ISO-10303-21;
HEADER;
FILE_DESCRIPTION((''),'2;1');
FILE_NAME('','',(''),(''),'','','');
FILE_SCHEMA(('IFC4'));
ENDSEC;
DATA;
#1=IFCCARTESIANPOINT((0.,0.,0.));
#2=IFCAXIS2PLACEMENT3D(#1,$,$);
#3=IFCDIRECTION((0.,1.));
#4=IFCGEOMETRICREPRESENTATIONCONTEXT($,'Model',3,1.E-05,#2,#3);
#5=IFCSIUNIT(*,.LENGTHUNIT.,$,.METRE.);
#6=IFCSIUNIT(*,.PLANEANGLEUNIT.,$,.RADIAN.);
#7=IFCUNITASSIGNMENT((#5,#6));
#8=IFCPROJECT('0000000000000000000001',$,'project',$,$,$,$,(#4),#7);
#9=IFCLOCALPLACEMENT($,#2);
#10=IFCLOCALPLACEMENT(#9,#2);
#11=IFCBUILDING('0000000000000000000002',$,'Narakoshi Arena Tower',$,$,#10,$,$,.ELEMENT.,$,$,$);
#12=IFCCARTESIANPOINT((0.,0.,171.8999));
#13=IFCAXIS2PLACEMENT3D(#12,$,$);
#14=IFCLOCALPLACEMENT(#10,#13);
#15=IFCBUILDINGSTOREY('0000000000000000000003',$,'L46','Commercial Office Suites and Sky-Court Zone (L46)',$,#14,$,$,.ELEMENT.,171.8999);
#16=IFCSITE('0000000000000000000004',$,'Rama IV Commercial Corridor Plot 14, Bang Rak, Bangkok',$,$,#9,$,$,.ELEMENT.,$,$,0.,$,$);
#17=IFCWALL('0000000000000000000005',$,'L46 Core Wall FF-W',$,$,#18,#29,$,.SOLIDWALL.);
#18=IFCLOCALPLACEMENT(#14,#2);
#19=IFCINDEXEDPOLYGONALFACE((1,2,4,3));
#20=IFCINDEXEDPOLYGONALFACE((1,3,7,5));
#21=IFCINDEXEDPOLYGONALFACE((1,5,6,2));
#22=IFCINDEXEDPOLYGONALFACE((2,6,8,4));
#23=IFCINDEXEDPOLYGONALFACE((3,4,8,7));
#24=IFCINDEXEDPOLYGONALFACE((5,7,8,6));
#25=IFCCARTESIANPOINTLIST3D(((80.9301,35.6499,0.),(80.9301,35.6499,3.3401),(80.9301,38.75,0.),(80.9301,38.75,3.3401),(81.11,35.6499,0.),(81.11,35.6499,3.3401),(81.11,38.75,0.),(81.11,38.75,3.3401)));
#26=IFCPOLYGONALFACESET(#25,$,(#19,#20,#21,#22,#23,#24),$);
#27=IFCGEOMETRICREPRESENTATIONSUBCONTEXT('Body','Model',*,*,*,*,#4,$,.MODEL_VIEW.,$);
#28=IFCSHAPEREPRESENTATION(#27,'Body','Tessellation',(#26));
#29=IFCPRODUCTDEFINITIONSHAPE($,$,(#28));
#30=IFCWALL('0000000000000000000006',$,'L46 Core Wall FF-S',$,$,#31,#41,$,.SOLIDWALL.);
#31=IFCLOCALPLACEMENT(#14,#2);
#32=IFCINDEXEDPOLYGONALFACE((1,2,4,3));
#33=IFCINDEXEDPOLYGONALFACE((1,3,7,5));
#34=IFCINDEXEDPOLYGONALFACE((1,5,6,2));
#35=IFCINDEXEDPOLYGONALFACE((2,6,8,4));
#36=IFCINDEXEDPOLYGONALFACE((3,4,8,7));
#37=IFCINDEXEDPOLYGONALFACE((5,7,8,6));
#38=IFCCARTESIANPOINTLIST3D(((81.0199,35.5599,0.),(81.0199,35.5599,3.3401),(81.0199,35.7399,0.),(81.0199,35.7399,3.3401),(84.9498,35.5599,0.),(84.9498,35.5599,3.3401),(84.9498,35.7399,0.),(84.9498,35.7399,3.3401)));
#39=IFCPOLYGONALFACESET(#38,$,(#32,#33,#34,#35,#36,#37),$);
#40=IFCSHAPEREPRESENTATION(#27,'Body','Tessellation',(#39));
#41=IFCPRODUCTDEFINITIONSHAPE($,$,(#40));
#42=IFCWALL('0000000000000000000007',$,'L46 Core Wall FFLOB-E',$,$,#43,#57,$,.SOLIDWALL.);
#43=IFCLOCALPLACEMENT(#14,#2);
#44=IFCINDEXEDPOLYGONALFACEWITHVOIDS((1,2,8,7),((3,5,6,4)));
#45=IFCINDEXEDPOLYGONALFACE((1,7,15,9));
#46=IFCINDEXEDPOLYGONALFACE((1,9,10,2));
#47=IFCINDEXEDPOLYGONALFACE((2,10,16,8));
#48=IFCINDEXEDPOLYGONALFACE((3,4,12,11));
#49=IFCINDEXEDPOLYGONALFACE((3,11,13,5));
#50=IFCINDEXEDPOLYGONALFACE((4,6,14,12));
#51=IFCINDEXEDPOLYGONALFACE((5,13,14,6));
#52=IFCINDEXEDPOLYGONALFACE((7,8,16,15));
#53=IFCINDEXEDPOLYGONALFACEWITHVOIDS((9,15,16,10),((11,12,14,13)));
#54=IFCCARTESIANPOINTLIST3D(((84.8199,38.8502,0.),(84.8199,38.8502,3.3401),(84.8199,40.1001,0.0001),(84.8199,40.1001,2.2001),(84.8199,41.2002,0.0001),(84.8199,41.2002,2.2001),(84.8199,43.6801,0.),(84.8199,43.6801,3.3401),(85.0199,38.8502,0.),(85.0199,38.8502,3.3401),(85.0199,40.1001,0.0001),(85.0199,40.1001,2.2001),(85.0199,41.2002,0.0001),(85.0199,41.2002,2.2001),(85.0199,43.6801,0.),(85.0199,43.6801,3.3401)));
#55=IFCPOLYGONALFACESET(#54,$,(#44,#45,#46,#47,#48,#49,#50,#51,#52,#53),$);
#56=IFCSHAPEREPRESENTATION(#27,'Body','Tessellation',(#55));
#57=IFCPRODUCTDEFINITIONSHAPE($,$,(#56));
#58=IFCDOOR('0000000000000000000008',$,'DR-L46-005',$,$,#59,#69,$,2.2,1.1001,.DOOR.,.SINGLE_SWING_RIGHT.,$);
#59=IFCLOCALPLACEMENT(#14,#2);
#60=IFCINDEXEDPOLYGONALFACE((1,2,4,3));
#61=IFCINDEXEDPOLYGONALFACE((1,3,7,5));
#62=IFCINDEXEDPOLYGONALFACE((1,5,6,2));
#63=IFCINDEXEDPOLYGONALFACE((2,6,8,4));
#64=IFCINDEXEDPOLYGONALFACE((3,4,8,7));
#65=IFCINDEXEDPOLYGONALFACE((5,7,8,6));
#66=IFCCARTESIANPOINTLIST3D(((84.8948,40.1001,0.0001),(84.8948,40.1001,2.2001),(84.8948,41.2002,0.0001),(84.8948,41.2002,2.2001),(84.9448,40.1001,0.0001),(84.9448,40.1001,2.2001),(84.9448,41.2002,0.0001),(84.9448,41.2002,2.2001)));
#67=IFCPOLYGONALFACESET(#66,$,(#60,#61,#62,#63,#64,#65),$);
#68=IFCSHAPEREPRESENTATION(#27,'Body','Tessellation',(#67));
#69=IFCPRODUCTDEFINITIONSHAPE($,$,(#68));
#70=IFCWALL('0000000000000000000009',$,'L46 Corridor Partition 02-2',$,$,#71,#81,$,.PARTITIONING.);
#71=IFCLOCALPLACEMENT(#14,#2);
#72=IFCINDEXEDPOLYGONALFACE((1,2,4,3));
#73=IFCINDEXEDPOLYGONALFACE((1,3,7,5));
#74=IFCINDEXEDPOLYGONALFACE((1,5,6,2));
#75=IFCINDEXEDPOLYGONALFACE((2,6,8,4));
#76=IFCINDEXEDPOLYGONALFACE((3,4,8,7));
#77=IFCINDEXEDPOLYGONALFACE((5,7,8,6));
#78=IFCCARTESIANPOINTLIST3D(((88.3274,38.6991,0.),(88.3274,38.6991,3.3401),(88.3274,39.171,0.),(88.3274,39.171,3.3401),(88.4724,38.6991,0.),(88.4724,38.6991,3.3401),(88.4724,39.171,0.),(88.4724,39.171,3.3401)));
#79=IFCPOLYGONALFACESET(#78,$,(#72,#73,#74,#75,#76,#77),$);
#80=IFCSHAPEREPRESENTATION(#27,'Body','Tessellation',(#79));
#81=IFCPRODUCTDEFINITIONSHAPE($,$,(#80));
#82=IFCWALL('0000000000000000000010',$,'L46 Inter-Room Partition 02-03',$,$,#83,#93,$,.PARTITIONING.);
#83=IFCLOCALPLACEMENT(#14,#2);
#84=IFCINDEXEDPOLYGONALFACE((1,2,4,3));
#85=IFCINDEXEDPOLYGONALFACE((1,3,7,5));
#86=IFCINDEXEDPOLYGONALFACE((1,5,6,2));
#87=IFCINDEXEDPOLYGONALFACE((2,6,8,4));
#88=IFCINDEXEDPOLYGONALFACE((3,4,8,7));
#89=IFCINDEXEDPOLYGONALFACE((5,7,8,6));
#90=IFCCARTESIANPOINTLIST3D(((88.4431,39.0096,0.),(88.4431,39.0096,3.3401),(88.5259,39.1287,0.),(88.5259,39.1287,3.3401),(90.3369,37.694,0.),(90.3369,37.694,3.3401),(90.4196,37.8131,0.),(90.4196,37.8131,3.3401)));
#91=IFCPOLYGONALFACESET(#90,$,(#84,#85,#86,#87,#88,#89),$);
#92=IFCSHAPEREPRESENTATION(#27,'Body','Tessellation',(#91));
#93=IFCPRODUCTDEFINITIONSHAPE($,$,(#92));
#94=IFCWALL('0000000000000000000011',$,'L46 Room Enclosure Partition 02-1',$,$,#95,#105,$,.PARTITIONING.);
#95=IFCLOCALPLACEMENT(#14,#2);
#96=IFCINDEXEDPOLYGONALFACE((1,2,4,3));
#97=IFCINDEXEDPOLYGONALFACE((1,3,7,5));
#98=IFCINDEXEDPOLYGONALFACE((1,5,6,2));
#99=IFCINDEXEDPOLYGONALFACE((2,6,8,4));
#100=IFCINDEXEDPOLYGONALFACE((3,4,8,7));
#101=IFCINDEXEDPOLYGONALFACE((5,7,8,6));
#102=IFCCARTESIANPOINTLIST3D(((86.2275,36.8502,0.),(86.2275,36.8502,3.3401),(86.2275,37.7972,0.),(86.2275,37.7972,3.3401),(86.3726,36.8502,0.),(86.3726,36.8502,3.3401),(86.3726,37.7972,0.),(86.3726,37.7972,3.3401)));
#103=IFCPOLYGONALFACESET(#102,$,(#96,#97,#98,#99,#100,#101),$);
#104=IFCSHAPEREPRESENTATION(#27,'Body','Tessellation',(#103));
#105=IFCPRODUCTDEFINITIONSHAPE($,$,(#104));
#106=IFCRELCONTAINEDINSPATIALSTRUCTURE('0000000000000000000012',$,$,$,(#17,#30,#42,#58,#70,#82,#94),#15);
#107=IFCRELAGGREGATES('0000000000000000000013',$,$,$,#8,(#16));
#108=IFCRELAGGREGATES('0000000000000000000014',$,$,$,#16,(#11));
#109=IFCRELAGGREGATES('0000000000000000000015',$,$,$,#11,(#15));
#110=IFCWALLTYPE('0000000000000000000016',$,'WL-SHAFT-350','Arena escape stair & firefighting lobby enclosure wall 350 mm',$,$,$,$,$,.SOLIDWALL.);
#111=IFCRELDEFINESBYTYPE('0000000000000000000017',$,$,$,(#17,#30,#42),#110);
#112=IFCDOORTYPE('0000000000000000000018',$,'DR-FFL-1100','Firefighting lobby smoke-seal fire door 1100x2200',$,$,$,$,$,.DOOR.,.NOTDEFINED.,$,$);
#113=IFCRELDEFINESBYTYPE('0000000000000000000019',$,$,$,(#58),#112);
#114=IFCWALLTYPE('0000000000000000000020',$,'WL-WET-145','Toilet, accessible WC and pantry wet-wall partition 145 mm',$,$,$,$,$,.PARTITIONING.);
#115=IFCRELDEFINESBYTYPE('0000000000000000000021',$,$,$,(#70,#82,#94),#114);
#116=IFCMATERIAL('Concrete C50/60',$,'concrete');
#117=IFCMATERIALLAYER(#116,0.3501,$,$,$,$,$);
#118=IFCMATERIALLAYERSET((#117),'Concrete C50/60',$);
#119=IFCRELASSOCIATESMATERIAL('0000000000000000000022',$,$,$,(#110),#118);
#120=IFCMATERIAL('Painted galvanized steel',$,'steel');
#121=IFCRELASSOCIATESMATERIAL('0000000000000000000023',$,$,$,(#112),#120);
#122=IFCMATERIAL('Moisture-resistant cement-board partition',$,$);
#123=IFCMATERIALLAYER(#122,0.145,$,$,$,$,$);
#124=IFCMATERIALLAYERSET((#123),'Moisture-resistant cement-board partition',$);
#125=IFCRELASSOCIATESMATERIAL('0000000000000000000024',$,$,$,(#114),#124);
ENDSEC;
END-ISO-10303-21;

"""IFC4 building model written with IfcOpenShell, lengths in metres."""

from ifc_helpers import new_model, si_unit, direction, frame, frame_2d, origin, place, context, subcontext, project, spatial, rectangle, extrude, material, layer, layer_set, type_object, element, fill, save


model = new_model("IFC4")

# Units and contexts
model_context = context("Model", 3, precision=1e-05, world=origin(), true_north=direction((0.0, 1.0)))
body_context = subcontext(model_context, "Body", "Model", "MODEL_VIEW")
ifc_project = project(units=[si_unit("LENGTHUNIT", "METRE"), si_unit("PLANEANGLEUNIT", "RADIAN")], contexts=[model_context])

# Site, building, storey
site_placement = place(None, origin())
site = spatial("IfcSite", under=ifc_project, at=site_placement, Name="Rama IV Commercial Corridor Plot 14, Bang Rak, Bangkok", CompositionType="ELEMENT", RefElevation=0.0)
building_placement = place(site_placement, origin())
building = spatial("IfcBuilding", under=site, at=building_placement, Name="Narakoshi Arena Tower", CompositionType="ELEMENT")
storey_placement = place(building_placement, frame((0.0, 0.0, 171.8999)))
storey = spatial("IfcBuildingStorey", under=building, at=storey_placement, Name="L46", Description="Commercial Office Suites and Sky-Court Zone (L46)", CompositionType="ELEMENT", Elevation=171.8999)

# Shared definitions
ifc_material_1 = material(Name="Concrete C50/60", Category="concrete")

# Shared definitions
ifc_layer_1 = layer(ifc_material_1, 0.3501)
ifc_layer_set_1 = layer_set([ifc_layer_1], Name="Concrete C50/60")
wall_type_1 = type_object("IfcWallType", Name="WL-SHAFT-350", Description="Arena escape stair & firefighting lobby enclosure wall 350 mm", PredefinedType="SOLIDWALL", material=ifc_layer_set_1)

# Shared definitions
ifc_material_2 = material(Name="Painted galvanized steel", Category="steel")

# Walls
for number, where, z_axis, x_axis, name in (
    (1, (81.02, 35.6499, 0.0), (0.0, 0.0, 1.0), (0.0, 1.0, 0.0), "L46 Core Wall FF-W"),
):
    element("IfcWall", number, at=place(storey_placement, frame(where, z_axis=z_axis, x_axis=x_axis)), inside=storey, type_object=wall_type_1, Name=name, PredefinedType="SOLIDWALL", context=body_context, shape_type="SweptSolid", body=[
        extrude(rectangle(XDim=3.1001, YDim=0.1799, at=frame_2d((1.55, 0.0))), origin(), (0.0, 0.0, 1.0), 3.3401),
    ])
wall_1_placement = place(storey_placement, frame((81.02, 35.6499, 0.0), z_axis=(0.0, 0.0, 1.0), x_axis=(1.0, 0.0, 0.0)))
element("IfcWall", 2, at=wall_1_placement, inside=storey, type_object=wall_type_1, Name="L46 Core Wall FF-S", PredefinedType="SOLIDWALL", context=body_context, shape_type="SweptSolid", body=[
    extrude(rectangle(XDim=3.9299, YDim=0.1799, at=frame_2d((1.9648, 0.0))), origin(), (0.0, 0.0, 1.0), 3.3401),
])

# Wall, opening, door
wall_2_placement = place(storey_placement, frame((84.9199, 38.8501, 0.0), z_axis=(0.0, 0.0, 1.0), x_axis=(0.0, 1.0, 0.0)))
wall_2 = element("IfcWall", 3, at=wall_2_placement, inside=storey, type_object=wall_type_1, Name="L46 Core Wall FFLOB-E", PredefinedType="SOLIDWALL", context=body_context, shape_type="SweptSolid", body=[
    extrude(rectangle(XDim=4.8298, YDim=0.2, at=frame_2d((2.415, 0.0))), origin(), (0.0, 0.0, 1.0), 3.3401),
])
opening_1_placement = place(wall_2_placement, frame((1.25, 0.0, 0.0)))
opening_1 = element("IfcOpeningElement", 4, at=opening_1_placement, cuts=wall_2, PredefinedType="OPENING", context=body_context, shape_type="SweptSolid", body=[
    extrude(rectangle(XDim=1.1001, YDim=2.2, at=frame_2d((0.55, 1.1001))), frame((0.0, 0.1099, 0.0), z_axis=(0.0, -1.0, 0.0), x_axis=(1.0, 0.0, 0.0)), (0.0, 0.0, 1.0), 0.22),
])
door_type_1 = type_object("IfcDoorType", Name="DR-FFL-1100", Description="Firefighting lobby smoke-seal fire door 1100x2200", OperationType="NOTDEFINED", PredefinedType="DOOR", material=ifc_material_2)
door_1_placement = place(opening_1_placement, frame((1.1001, 0.0, 0.0), z_axis=(0.0, 0.0, 1.0), x_axis=(-1.0, 0.0, 0.0)))
door_1 = element("IfcDoor", 5, at=door_1_placement, inside=storey, type_object=door_type_1, Name="DR-L46-005", OperationType="SINGLE_SWING_RIGHT", OverallHeight=2.2, OverallWidth=1.1001, PredefinedType="DOOR", context=body_context, shape_type="SweptSolid", body=[
    extrude(rectangle(XDim=1.1001, YDim=2.2, at=frame_2d((0.55, 1.1001))), frame((0.0, 0.0249, 0.0), z_axis=(0.0, -1.0, 0.0), x_axis=(1.0, 0.0, 0.0)), (0.0, 0.0, 1.0), 0.05),
])
fill(opening_1, door_1)
ifc_material_3 = material(Name="Moisture-resistant cement-board partition")
ifc_layer_2 = layer(ifc_material_3, 0.145)
ifc_layer_set_2 = layer_set([ifc_layer_2], Name="Moisture-resistant cement-board partition")
wall_type_2 = type_object("IfcWallType", Name="WL-WET-145", Description="Toilet, accessible WC and pantry wet-wall partition 145 mm", PredefinedType="PARTITIONING", material=ifc_layer_set_2)

# Walls
wall_3_placement = place(storey_placement, frame((88.3999, 38.6992, 0.0), z_axis=(0.0, 0.0, 1.0), x_axis=(0.0, 1.0, 0.0)))
element("IfcWall", 6, at=wall_3_placement, inside=storey, type_object=wall_type_2, Name="L46 Corridor Partition 02-2", PredefinedType="PARTITIONING", context=body_context, shape_type="SweptSolid", body=[
    extrude(rectangle(XDim=0.4719, YDim=0.145, at=frame_2d((0.2358, 0.0))), origin(), (0.0, 0.0, 1.0), 3.3401),
])
wall_4_placement = place(storey_placement, frame((88.4846, 39.0691, 0.0), z_axis=(0.0, 0.0, 1.0), x_axis=(0.821261, -0.570553, 0.0)))
element("IfcWall", 7, at=wall_4_placement, inside=storey, type_object=wall_type_2, Name="L46 Inter-Room Partition 02-03", PredefinedType="PARTITIONING", context=body_context, shape_type="SweptSolid", body=[
    extrude(rectangle(XDim=2.3059, YDim=0.145, at=frame_2d((1.1528, 0.0))), origin(), (0.0, 0.0, 1.0), 3.3401),
])
wall_5_placement = place(storey_placement, frame((86.3, 36.8501, 0.0), z_axis=(0.0, 0.0, 1.0), x_axis=(0.0, 1.0, 0.0)))
element("IfcWall", 8, at=wall_5_placement, inside=storey, type_object=wall_type_2, Name="L46 Room Enclosure Partition 02-1", PredefinedType="PARTITIONING", context=body_context, shape_type="SweptSolid", body=[
    extrude(rectangle(XDim=0.947, YDim=0.145, at=frame_2d((0.4736, 0.0))), origin(), (0.0, 0.0, 1.0), 3.3401),
])

save(model, "model.ifc")
